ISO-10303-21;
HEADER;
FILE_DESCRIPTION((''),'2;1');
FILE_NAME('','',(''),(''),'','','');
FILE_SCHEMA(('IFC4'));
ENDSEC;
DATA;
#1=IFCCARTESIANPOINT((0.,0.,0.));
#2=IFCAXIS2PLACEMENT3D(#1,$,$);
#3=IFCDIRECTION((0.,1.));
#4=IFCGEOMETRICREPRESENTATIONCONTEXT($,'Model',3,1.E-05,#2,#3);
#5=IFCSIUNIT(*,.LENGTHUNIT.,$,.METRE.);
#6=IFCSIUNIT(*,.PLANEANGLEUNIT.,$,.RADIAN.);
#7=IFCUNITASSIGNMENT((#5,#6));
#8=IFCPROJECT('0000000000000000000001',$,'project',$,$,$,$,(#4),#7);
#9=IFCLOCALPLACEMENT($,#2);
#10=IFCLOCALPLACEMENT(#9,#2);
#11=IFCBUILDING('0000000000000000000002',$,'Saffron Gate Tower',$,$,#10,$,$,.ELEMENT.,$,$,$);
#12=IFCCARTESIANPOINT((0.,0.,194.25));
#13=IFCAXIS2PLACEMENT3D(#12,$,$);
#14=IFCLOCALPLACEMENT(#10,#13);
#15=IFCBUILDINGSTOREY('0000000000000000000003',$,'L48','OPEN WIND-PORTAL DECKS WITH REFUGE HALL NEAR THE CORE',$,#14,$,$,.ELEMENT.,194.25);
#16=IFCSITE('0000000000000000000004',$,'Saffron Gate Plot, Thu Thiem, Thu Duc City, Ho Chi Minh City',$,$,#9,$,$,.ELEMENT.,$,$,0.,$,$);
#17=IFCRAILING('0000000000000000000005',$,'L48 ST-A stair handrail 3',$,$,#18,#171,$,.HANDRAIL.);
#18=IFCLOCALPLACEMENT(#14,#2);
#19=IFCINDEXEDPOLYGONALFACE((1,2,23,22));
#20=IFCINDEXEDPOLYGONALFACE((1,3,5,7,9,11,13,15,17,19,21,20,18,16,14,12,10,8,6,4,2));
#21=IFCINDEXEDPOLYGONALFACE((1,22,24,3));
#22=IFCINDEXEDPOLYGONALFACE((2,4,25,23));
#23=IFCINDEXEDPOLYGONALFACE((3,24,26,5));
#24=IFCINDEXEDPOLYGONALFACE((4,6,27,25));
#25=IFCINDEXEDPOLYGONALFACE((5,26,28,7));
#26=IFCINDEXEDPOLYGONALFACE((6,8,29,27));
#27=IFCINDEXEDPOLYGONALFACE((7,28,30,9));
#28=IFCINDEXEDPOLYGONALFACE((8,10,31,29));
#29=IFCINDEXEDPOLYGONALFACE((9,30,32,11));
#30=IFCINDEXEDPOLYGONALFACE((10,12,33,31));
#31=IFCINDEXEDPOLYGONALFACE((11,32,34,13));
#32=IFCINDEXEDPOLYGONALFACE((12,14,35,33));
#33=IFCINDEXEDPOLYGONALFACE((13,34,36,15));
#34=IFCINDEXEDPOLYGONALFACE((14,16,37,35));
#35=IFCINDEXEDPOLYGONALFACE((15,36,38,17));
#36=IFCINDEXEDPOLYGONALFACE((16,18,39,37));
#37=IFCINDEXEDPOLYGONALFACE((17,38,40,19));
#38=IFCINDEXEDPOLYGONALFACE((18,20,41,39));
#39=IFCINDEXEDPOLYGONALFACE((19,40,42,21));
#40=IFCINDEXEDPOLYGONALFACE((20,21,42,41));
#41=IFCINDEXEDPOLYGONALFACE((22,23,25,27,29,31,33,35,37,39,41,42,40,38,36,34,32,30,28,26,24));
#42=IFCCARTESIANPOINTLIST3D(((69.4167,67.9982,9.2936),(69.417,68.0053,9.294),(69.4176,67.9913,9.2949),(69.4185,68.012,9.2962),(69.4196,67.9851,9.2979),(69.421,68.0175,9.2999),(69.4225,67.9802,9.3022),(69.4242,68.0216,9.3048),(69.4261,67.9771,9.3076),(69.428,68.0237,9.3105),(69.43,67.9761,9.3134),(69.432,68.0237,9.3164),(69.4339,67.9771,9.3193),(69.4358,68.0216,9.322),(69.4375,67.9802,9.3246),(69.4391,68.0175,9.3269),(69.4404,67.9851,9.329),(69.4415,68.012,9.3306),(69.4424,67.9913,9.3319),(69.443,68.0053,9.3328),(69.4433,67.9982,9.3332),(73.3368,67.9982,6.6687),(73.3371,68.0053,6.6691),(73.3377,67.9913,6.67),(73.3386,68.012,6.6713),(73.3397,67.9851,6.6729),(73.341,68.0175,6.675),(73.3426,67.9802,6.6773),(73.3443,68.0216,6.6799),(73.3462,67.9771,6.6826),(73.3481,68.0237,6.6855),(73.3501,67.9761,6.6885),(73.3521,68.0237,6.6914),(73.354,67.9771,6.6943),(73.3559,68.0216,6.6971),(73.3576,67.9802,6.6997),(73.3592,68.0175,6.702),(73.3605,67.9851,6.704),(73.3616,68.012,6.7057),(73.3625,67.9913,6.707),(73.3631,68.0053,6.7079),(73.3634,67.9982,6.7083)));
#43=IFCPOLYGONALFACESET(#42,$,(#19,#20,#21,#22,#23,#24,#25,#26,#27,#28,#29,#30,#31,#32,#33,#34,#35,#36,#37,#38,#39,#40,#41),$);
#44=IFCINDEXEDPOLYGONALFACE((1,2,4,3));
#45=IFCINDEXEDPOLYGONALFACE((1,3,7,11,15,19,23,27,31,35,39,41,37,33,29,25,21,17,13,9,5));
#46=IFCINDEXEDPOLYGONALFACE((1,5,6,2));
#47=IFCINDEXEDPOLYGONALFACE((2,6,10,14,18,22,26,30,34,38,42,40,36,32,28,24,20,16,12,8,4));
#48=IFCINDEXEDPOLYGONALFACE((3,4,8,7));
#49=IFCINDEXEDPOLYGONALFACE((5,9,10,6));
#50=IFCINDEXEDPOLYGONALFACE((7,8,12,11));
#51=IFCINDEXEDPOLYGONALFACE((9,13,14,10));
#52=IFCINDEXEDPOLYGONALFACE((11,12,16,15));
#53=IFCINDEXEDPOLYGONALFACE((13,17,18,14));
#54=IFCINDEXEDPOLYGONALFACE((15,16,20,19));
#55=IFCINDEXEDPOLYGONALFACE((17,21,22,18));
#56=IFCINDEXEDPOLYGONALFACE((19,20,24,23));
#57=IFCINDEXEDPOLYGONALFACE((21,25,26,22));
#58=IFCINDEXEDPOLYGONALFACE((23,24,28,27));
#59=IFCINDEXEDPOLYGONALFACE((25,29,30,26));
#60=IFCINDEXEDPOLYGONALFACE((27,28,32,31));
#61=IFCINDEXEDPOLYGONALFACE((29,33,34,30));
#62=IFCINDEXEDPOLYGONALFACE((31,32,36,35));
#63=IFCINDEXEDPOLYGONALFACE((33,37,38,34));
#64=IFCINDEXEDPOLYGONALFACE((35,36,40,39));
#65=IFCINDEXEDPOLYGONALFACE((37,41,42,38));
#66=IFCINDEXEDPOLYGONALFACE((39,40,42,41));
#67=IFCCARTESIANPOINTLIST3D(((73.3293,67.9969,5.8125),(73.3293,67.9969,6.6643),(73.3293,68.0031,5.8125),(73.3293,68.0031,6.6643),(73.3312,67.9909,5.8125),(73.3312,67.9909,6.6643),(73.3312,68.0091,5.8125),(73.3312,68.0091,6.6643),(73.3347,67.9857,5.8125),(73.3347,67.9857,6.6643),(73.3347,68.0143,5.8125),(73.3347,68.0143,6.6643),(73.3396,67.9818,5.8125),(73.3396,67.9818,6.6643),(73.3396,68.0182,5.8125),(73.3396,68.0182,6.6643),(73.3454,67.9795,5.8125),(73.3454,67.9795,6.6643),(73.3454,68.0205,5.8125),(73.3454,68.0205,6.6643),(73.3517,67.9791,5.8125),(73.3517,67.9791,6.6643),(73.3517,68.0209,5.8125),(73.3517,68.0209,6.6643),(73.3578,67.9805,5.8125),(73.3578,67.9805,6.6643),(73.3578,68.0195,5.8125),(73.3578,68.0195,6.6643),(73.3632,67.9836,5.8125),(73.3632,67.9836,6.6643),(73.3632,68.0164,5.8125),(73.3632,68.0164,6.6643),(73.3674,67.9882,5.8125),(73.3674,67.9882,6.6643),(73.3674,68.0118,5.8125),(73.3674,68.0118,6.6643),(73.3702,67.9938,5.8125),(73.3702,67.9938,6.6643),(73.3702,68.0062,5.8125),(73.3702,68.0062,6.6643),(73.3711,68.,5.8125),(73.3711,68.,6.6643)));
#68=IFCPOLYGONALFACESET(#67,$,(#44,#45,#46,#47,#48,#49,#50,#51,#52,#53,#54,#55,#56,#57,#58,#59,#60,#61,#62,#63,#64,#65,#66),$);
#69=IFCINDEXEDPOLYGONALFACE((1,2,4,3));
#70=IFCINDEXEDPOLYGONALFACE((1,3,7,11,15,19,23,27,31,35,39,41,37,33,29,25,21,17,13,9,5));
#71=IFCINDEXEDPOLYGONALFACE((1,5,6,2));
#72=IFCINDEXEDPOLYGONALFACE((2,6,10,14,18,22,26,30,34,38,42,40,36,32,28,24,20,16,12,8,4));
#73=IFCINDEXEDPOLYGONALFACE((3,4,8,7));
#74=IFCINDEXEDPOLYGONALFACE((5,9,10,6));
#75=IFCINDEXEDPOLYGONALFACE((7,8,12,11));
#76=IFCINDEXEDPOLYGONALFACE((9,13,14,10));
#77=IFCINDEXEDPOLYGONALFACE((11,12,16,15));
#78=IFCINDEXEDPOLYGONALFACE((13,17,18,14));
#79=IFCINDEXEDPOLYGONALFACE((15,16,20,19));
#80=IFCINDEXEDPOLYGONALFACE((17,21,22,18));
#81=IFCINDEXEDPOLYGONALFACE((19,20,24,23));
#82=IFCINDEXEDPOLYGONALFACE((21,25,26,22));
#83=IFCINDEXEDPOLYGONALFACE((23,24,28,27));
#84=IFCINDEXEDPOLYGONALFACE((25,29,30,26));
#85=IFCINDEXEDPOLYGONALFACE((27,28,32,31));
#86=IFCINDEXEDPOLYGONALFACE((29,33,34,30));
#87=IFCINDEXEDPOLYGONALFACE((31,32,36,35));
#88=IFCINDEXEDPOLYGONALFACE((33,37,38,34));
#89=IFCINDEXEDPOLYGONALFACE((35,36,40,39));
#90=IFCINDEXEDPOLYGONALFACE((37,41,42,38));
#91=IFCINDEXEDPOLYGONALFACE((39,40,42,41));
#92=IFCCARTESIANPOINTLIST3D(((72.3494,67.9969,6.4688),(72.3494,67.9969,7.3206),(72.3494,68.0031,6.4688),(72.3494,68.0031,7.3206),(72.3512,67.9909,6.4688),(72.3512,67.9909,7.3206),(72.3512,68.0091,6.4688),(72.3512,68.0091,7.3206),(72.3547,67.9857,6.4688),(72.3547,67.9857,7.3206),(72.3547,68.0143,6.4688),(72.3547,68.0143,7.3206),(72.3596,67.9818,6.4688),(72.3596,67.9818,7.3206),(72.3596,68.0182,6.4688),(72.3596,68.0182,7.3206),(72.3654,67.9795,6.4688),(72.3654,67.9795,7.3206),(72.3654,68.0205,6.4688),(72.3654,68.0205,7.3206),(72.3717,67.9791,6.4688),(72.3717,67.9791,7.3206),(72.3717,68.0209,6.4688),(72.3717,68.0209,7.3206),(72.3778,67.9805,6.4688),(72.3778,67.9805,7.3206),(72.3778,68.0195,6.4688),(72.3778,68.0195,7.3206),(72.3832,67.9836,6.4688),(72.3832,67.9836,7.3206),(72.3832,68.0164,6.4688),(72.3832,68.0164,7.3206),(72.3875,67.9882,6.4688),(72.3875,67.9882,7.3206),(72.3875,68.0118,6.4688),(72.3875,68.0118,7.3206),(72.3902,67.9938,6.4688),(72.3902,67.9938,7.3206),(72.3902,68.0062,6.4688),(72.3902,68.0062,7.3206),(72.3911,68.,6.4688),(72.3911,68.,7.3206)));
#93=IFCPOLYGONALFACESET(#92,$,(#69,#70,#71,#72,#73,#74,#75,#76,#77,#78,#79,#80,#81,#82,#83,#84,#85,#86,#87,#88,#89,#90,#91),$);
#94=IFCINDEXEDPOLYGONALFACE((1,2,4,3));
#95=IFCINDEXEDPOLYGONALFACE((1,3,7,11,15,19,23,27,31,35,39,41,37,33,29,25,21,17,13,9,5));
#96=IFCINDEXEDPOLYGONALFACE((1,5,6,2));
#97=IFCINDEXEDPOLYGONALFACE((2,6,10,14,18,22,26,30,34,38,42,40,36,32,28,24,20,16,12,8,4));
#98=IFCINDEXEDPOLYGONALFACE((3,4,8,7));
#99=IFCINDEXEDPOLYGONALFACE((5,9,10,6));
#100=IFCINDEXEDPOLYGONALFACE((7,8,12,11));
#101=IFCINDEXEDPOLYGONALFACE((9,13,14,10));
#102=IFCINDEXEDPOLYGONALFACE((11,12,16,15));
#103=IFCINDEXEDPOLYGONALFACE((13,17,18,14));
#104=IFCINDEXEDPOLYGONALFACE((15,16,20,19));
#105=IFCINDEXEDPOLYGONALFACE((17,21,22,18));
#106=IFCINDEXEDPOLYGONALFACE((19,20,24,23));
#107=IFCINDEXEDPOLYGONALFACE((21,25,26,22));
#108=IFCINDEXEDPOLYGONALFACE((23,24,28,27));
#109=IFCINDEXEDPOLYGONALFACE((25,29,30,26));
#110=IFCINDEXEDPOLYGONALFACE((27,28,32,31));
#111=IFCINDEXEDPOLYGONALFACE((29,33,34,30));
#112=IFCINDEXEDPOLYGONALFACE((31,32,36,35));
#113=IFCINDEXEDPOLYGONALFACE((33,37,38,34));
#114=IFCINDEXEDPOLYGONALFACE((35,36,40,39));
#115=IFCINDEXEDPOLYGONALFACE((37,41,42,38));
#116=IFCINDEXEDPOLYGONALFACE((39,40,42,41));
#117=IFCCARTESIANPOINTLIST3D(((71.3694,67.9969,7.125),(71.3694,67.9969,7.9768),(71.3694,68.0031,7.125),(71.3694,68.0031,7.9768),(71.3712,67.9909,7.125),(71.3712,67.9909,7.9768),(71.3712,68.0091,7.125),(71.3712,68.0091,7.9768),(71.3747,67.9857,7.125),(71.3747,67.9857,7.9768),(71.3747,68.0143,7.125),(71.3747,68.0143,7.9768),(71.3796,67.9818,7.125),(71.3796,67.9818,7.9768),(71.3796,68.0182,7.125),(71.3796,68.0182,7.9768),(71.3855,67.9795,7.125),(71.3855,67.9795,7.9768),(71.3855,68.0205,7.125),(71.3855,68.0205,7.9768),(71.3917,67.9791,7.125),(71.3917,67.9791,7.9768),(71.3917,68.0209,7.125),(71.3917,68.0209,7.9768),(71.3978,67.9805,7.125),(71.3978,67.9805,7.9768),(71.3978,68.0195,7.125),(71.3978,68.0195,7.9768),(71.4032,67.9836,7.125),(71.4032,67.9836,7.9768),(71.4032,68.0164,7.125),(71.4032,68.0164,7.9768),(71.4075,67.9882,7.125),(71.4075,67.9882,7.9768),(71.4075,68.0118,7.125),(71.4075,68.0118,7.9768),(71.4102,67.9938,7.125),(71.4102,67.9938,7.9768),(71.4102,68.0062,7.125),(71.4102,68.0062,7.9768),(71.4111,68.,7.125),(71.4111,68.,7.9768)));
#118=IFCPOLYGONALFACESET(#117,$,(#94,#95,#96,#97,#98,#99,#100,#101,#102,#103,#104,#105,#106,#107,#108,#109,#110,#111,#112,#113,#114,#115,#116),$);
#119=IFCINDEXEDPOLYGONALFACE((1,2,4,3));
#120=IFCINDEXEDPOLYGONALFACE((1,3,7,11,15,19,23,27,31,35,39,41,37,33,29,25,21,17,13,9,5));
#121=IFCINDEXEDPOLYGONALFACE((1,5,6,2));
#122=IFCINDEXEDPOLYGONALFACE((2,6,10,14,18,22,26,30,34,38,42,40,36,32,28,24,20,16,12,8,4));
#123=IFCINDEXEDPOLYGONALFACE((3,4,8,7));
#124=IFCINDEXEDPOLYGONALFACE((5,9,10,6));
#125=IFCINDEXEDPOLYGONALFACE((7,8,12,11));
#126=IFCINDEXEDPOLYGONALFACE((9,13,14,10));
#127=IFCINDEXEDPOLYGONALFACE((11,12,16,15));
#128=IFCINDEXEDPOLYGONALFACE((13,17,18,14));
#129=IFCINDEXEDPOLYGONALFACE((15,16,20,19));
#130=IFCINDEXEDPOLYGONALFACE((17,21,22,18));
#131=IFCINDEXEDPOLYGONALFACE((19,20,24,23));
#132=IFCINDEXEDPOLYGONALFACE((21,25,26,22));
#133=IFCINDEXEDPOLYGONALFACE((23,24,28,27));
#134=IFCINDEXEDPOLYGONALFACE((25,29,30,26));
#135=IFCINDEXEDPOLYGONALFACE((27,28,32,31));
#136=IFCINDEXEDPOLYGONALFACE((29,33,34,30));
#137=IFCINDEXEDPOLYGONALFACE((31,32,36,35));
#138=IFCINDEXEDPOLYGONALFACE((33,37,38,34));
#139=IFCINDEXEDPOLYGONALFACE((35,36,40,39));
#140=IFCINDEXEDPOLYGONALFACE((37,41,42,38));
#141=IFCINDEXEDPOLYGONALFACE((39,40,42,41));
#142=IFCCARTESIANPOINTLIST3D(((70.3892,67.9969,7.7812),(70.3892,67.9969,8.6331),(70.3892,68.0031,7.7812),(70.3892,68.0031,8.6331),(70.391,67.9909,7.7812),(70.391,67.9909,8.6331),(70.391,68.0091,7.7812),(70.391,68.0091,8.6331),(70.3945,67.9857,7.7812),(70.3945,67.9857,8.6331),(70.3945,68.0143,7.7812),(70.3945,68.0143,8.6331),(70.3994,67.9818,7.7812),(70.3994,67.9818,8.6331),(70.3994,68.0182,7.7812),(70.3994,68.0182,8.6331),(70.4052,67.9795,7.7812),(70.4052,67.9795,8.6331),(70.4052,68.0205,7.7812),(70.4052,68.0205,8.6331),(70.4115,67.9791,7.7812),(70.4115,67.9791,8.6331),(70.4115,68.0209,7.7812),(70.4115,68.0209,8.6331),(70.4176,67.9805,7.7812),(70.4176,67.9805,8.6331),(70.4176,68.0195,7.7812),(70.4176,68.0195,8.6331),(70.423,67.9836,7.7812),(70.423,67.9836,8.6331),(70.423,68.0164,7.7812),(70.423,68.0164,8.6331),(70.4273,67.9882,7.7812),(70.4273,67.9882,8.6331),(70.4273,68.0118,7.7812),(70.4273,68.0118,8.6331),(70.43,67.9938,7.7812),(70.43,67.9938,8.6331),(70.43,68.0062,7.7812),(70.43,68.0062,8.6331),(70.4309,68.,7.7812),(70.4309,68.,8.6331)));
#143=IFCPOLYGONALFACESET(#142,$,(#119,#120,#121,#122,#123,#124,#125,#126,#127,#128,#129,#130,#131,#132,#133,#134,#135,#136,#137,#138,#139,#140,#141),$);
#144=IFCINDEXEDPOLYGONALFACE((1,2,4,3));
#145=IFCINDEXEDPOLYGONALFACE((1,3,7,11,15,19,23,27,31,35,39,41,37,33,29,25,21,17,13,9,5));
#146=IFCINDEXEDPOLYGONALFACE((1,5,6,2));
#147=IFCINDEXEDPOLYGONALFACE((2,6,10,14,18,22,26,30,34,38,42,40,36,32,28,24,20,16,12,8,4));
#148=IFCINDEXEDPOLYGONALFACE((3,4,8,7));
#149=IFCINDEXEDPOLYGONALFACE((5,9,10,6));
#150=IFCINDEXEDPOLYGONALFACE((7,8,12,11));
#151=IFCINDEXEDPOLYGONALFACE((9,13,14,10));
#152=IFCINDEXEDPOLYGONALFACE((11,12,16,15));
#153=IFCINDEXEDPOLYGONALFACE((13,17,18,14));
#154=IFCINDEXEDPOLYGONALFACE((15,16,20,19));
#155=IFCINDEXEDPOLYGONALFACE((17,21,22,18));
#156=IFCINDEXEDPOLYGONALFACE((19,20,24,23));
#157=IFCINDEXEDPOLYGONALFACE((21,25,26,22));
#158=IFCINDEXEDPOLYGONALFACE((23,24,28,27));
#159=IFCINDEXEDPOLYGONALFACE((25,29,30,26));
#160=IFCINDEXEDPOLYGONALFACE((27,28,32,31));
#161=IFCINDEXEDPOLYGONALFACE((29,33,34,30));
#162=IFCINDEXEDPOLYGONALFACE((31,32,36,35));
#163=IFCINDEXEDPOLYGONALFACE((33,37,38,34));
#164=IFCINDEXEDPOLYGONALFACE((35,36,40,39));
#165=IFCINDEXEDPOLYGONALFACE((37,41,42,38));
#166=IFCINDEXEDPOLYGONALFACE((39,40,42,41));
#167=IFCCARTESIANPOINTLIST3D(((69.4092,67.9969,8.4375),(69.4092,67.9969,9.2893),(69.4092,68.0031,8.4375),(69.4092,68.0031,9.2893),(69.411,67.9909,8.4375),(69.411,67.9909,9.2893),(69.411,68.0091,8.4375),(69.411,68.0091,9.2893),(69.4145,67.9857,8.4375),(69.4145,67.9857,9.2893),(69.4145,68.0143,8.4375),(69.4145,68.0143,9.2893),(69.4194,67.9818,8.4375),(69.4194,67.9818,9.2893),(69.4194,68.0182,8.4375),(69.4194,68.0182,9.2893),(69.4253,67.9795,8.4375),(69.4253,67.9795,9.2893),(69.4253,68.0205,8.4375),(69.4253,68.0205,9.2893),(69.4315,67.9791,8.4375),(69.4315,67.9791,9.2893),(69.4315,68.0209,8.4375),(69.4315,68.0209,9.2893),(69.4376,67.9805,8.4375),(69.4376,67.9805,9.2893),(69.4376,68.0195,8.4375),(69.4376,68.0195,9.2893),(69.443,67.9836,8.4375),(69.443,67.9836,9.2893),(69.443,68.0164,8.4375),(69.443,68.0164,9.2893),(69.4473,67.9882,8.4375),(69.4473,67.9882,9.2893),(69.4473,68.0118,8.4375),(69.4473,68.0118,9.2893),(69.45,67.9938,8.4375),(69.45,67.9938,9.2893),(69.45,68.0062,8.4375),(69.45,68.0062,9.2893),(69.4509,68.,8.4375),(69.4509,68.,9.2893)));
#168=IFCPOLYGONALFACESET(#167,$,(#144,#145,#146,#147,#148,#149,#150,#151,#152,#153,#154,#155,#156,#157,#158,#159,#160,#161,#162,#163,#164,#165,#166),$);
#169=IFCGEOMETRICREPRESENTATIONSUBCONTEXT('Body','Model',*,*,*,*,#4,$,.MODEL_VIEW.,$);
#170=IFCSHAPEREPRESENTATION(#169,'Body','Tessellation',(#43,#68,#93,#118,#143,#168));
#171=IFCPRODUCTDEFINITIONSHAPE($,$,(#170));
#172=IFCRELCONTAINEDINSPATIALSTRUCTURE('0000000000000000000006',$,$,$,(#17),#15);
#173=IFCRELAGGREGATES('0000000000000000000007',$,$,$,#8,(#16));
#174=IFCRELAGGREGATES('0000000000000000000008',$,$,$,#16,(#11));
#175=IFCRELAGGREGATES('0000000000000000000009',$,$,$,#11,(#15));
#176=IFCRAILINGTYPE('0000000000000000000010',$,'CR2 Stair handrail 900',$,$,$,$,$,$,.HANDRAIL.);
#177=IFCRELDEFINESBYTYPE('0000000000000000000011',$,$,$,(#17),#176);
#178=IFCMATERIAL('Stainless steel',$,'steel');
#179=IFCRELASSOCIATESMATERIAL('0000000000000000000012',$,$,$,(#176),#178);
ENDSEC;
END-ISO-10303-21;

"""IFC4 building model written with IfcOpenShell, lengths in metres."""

from ifc_helpers import new_model, si_unit, direction, frame, origin, origin_2d, place, context, subcontext, project, spatial, circle, extrude, material, type_object, element, save


model = new_model("IFC4")

# Units and contexts
model_context = context("Model", 3, precision=1e-05, world=origin(), true_north=direction((0.0, 1.0)))
body_context = subcontext(model_context, "Body", "Model", "MODEL_VIEW")
ifc_project = project(units=[si_unit("LENGTHUNIT", "METRE"), si_unit("PLANEANGLEUNIT", "RADIAN")], contexts=[model_context])

# Site, building, storey
site_placement = place(None, origin())
site = spatial("IfcSite", under=ifc_project, at=site_placement, Name="Saffron Gate Plot, Thu Thiem, Thu Duc City, Ho Chi Minh City", CompositionType="ELEMENT", RefElevation=0.0)
building_placement = place(site_placement, origin())
building = spatial("IfcBuilding", under=site, at=building_placement, Name="Saffron Gate Tower", CompositionType="ELEMENT")
storey_placement = place(building_placement, frame((0.0, 0.0, 194.25)))
storey = spatial("IfcBuildingStorey", under=building, at=storey_placement, Name="L48", Description="OPEN WIND-PORTAL DECKS WITH REFUGE HALL NEAR THE CORE", CompositionType="ELEMENT", Elevation=194.25)

# Railing
ifc_material_1 = material(Name="Stainless steel", Category="steel")
railing_type = type_object("IfcRailingType", Name="CR2 Stair handrail 900", PredefinedType="HANDRAIL", material=ifc_material_1)
for number, where, name in (
    (1, (73.3501, 68.0, 5.8125), "L48 ST-A stair handrail 3"),
):
    element("IfcRailing", number, at=place(storey_placement, frame(where)), inside=storey, type_object=railing_type, Name=name, PredefinedType="HANDRAIL", context=body_context, shape_type="SweptSolid", body=[
        extrude(circle(Radius=0.0239, at=origin_2d()), frame((0.0, 0.0, 0.876), z_axis=(-0.830918, 0.0, 0.556395), x_axis=(0.0, -1.0, 0.0)), (0.0, 0.0, 1.0), 4.7178),
        extrude(circle(Radius=0.021, at=origin_2d()), origin(), (0.0, 0.0, 1.0), 0.8518),
        extrude(circle(Radius=0.021, at=origin_2d()), frame((-0.98, 0.0, 0.6562)), (0.0, 0.0, 1.0), 0.8518),
        extrude(circle(Radius=0.021, at=origin_2d()), frame((-1.96, 0.0, 1.3125)), (0.0, 0.0, 1.0), 0.8518),
        extrude(circle(Radius=0.021, at=origin_2d()), frame((-2.9402, 0.0, 1.9688)), (0.0, 0.0, 1.0), 0.8518),
        extrude(circle(Radius=0.021, at=origin_2d()), frame((-3.9202, 0.0, 2.625)), (0.0, 0.0, 1.0), 0.8518),
    ])

save(model, "model.ifc")
